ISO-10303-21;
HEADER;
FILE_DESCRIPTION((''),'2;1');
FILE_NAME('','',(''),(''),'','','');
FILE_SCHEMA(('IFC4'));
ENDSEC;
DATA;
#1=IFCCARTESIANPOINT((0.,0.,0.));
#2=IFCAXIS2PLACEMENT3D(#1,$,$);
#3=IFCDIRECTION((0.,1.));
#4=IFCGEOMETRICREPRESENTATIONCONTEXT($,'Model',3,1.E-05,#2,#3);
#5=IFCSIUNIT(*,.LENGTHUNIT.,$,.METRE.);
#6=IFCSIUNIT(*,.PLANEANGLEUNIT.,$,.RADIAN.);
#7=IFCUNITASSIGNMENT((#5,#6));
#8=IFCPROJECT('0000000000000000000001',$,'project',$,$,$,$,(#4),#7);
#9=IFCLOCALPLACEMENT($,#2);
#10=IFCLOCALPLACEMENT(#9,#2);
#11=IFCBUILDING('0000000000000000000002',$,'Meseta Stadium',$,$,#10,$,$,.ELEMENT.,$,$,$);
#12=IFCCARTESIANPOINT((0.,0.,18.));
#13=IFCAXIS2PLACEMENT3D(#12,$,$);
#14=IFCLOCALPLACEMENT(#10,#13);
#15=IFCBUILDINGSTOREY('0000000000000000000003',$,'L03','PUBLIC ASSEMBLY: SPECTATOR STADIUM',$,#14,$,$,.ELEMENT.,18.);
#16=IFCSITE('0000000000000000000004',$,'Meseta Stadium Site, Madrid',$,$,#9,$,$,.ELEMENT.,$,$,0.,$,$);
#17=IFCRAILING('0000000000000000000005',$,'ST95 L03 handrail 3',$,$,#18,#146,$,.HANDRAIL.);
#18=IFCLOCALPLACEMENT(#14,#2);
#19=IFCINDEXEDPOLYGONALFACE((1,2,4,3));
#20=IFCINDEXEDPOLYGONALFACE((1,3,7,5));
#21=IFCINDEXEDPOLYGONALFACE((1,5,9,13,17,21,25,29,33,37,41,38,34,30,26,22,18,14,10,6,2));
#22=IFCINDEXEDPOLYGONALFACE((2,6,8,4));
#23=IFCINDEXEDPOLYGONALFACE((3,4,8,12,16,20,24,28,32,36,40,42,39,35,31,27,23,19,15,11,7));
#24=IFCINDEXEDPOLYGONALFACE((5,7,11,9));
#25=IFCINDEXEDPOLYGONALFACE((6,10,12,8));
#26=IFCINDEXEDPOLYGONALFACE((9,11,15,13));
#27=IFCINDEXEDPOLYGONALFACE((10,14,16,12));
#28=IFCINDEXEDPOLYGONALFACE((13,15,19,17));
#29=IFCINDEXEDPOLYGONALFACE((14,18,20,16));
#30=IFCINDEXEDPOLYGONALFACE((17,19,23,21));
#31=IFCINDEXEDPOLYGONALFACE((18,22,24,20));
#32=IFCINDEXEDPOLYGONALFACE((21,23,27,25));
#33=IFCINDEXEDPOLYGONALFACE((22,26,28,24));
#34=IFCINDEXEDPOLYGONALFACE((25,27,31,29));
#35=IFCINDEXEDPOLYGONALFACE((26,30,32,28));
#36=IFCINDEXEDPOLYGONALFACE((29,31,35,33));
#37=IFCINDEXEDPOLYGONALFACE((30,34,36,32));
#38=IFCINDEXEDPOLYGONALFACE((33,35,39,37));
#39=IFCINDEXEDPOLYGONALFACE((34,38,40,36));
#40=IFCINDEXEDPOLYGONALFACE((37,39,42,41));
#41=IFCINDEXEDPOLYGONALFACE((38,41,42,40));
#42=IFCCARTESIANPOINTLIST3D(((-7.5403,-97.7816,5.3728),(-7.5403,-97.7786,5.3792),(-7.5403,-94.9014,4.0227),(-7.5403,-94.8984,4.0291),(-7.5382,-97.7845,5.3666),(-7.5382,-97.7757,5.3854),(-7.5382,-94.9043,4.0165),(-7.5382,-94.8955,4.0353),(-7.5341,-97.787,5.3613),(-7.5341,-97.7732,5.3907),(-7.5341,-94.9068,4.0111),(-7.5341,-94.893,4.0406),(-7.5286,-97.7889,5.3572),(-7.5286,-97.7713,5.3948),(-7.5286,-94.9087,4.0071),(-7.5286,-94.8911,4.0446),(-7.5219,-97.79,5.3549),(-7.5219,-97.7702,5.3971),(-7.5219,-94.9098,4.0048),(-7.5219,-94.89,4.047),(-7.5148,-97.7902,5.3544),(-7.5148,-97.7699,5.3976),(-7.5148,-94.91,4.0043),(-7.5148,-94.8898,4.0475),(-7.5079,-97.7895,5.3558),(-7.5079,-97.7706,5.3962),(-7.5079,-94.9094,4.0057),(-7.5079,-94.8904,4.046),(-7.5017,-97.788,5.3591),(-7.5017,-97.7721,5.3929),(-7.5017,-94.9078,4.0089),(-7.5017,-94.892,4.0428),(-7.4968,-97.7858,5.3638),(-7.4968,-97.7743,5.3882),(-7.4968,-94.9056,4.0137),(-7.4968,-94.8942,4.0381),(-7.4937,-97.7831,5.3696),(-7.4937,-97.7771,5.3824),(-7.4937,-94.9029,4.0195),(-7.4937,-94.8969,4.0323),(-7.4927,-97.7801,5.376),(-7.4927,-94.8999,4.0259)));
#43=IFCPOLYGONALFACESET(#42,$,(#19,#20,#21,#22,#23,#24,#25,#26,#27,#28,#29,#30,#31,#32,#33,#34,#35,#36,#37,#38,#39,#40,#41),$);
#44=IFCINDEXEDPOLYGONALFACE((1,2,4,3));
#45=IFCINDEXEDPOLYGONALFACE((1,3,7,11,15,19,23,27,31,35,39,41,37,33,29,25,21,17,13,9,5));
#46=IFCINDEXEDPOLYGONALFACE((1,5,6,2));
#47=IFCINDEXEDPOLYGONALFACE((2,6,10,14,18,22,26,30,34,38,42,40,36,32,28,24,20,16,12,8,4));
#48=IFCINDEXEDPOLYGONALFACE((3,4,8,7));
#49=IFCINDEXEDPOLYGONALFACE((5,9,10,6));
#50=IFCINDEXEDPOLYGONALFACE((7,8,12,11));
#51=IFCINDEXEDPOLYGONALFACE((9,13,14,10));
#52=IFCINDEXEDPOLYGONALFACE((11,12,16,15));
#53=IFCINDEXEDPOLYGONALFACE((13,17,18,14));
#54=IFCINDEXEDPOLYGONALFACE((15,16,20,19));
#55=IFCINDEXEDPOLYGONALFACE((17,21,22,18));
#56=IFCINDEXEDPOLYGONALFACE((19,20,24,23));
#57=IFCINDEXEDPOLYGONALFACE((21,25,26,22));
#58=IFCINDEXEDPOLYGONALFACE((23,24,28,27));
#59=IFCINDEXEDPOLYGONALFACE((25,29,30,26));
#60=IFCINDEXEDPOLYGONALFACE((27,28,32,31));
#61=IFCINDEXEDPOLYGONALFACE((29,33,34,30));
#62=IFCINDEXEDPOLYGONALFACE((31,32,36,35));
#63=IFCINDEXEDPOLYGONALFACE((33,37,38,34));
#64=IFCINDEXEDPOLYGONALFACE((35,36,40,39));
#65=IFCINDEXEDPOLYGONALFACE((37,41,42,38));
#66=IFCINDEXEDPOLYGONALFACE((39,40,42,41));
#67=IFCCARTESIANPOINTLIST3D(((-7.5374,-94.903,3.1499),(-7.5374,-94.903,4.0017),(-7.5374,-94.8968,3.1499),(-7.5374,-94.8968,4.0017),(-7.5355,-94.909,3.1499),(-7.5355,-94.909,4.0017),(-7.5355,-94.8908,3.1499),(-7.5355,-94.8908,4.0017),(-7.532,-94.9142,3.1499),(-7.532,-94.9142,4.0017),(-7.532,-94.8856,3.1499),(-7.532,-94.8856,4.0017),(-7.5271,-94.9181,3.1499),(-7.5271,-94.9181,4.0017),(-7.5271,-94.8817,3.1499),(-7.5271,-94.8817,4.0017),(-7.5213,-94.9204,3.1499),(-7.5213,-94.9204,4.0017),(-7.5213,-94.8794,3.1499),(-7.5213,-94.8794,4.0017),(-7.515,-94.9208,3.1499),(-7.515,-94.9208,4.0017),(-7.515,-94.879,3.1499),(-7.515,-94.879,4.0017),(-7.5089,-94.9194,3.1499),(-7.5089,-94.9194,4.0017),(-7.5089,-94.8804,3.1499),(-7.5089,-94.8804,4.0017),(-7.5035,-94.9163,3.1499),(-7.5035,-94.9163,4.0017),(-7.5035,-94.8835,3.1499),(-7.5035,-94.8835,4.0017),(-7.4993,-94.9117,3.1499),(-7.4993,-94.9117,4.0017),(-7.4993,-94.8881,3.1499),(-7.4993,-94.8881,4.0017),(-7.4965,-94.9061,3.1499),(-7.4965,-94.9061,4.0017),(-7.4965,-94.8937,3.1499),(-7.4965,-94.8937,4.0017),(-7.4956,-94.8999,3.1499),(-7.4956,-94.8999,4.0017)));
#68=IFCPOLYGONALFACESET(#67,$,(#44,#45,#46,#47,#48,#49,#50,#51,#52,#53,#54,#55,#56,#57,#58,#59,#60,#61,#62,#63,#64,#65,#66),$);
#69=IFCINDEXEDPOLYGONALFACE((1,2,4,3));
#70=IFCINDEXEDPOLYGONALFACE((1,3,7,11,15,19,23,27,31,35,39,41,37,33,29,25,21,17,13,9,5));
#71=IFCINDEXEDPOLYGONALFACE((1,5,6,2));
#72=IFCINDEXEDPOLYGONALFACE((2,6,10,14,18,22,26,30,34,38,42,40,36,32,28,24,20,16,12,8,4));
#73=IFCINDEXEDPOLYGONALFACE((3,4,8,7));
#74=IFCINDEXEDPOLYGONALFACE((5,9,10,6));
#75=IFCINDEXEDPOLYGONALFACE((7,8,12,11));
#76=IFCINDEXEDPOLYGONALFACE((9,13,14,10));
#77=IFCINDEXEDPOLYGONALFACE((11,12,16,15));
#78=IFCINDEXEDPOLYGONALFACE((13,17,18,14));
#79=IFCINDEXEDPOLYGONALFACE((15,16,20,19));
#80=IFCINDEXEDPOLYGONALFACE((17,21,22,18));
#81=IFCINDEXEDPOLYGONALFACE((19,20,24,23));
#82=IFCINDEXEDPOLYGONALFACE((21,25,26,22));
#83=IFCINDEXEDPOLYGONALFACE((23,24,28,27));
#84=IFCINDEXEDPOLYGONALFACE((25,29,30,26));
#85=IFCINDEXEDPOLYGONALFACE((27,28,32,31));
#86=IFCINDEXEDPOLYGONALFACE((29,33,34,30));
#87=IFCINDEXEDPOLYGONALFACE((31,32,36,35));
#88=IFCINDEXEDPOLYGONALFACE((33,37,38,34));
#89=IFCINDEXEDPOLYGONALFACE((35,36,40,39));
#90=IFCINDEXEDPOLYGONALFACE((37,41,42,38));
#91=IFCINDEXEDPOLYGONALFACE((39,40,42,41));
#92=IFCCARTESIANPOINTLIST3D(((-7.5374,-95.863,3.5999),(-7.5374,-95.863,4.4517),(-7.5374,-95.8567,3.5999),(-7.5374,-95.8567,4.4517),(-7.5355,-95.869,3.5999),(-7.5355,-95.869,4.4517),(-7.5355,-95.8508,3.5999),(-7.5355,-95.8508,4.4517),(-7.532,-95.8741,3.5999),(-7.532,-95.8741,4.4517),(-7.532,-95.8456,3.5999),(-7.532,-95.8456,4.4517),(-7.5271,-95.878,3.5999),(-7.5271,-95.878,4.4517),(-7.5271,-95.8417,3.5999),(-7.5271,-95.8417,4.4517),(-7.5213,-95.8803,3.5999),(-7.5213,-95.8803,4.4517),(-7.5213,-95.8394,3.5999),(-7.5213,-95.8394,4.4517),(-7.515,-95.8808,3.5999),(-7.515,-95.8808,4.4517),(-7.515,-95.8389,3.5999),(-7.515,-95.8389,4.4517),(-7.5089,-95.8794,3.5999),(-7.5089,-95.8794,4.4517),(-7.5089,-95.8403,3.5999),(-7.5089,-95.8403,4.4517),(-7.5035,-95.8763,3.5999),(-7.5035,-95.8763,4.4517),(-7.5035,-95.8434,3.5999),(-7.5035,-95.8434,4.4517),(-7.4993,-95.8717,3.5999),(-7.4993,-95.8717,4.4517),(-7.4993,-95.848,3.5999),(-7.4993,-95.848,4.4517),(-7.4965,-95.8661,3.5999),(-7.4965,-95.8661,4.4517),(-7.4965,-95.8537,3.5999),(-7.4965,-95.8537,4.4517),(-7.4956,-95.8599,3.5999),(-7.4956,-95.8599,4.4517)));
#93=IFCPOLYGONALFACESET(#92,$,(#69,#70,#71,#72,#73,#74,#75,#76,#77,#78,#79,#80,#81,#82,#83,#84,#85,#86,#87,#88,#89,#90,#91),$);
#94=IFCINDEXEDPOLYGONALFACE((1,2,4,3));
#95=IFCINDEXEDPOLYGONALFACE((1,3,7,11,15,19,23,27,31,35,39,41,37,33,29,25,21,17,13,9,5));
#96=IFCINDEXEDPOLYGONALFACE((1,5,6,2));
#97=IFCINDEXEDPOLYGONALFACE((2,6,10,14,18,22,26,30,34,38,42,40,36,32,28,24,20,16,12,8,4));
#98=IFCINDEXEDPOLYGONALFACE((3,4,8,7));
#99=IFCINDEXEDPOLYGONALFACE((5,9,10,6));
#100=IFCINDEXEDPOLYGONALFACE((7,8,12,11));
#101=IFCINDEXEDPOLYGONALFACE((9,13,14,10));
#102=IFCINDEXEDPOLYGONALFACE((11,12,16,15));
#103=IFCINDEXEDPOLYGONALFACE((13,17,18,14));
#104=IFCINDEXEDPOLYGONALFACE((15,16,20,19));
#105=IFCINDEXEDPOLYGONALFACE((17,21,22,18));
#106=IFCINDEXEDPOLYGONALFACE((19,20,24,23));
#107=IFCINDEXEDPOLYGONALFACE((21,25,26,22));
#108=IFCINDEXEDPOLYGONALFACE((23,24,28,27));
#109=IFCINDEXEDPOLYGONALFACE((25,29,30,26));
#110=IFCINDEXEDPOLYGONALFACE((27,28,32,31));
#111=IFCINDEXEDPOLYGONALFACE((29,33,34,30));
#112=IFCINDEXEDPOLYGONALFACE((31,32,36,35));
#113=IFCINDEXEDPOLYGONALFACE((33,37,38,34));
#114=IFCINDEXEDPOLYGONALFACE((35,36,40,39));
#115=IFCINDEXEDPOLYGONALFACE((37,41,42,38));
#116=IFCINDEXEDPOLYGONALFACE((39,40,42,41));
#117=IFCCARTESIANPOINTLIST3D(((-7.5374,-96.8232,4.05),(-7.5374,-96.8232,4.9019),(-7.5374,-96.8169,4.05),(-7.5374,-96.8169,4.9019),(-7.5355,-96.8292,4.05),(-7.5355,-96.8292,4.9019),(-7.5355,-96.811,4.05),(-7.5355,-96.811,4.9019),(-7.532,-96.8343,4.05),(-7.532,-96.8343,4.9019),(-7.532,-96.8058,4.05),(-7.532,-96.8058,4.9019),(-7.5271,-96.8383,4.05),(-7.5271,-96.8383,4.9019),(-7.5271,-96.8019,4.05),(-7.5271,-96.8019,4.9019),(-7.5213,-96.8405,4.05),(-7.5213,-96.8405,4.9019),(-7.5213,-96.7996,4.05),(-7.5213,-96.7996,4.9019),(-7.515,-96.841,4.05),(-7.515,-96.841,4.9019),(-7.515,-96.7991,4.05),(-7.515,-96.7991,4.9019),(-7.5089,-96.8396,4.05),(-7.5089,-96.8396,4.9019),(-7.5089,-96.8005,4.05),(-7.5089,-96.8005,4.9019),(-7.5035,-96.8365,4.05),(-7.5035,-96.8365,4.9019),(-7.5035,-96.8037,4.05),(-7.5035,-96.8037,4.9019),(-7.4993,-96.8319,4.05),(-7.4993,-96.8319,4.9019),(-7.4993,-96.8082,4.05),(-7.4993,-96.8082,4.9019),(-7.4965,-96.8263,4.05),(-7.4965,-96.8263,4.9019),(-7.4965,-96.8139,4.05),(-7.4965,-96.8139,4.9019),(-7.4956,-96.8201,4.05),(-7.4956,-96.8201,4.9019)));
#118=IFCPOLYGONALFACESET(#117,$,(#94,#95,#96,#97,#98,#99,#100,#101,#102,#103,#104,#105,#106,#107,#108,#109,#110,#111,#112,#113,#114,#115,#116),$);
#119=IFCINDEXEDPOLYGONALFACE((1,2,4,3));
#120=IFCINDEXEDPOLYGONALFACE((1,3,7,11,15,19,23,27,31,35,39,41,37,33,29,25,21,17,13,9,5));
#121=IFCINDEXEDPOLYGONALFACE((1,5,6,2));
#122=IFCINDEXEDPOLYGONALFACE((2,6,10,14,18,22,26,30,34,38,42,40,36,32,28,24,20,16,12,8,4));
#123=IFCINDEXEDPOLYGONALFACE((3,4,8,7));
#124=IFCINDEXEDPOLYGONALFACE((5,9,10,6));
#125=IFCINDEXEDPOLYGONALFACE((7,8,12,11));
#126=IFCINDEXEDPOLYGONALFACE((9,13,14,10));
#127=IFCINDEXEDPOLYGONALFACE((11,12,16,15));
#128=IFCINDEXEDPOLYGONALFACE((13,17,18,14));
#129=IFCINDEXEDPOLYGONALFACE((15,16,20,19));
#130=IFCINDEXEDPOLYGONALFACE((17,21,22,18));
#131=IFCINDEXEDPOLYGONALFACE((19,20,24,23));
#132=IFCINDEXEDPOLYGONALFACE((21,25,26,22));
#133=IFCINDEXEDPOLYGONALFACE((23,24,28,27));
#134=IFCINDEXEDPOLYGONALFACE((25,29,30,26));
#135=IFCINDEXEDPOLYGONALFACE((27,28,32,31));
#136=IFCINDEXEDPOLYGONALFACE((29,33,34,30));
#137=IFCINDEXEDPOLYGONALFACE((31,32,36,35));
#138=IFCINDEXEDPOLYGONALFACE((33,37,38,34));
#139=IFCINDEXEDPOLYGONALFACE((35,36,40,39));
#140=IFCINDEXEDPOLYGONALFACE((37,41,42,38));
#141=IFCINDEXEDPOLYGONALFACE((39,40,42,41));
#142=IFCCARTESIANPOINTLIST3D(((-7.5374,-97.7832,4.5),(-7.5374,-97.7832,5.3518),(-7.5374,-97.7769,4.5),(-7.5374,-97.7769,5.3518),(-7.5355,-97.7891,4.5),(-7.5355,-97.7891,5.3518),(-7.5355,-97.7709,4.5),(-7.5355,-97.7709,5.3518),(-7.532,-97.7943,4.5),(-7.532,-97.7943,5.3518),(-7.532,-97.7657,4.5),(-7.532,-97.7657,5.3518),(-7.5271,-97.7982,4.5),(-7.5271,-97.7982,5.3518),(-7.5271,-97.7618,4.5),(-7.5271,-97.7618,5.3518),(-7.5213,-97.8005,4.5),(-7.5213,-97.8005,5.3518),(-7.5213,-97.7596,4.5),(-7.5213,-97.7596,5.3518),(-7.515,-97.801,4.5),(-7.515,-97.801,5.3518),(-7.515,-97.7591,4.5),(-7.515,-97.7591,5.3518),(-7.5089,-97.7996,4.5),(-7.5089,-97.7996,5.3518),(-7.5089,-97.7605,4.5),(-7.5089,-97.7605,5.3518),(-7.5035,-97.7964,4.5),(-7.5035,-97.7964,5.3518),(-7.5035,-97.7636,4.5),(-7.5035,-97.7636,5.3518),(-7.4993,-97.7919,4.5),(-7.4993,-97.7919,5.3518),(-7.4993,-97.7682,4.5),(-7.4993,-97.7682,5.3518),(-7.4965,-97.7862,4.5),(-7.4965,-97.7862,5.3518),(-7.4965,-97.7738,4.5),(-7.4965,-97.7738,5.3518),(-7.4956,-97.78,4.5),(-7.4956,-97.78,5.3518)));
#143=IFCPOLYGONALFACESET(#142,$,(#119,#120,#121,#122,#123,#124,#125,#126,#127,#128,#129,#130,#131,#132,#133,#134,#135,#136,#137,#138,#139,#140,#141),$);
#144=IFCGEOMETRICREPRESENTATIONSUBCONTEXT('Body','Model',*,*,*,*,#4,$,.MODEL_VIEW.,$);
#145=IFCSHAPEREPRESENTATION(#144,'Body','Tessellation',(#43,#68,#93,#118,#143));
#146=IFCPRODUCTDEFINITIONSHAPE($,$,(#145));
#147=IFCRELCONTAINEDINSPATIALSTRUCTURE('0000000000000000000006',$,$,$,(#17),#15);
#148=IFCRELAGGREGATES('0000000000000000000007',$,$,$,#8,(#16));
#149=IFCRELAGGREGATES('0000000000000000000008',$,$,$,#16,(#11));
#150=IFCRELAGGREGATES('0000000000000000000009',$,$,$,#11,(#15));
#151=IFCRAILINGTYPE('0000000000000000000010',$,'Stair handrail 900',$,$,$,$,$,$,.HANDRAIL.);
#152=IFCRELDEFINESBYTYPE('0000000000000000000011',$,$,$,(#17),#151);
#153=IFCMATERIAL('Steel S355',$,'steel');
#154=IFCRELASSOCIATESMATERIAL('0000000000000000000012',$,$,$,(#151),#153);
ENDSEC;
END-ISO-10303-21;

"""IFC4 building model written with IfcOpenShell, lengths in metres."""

from ifc_helpers import new_model, si_unit, direction, frame, origin, origin_2d, place, context, subcontext, project, spatial, circle, extrude, material, type_object, element, save


model = new_model("IFC4")

# Units and contexts
model_context = context("Model", 3, precision=1e-05, world=origin(), true_north=direction((0.0, 1.0)))
body_context = subcontext(model_context, "Body", "Model", "MODEL_VIEW")
ifc_project = project(units=[si_unit("LENGTHUNIT", "METRE"), si_unit("PLANEANGLEUNIT", "RADIAN")], contexts=[model_context])

# Site, building, storey
site_placement = place(None, origin())
site = spatial("IfcSite", under=ifc_project, at=site_placement, Name="Meseta Stadium Site, Madrid", CompositionType="ELEMENT", RefElevation=0.0)
building_placement = place(site_placement, origin())
building = spatial("IfcBuilding", under=site, at=building_placement, Name="Meseta Stadium", CompositionType="ELEMENT")
storey_placement = place(building_placement, frame((0.0, 0.0, 18.0)))
storey = spatial("IfcBuildingStorey", under=building, at=storey_placement, Name="L03", Description="PUBLIC ASSEMBLY: SPECTATOR STADIUM", CompositionType="ELEMENT", Elevation=18.0)

# Railing
ifc_material_1 = material(Name="Steel S355", Category="steel")
railing_type_1 = type_object("IfcRailingType", Name="Stair handrail 900", PredefinedType="HANDRAIL", material=ifc_material_1)
for number, where, name in (
    (1, (-7.5166, -94.8999, 3.1499), "ST95 L03 handrail 3"),
):
    element("IfcRailing", number, at=place(storey_placement, frame(where)), inside=storey, type_object=railing_type_1, Name=name, PredefinedType="HANDRAIL", context=body_context, shape_type="SweptSolid", body=[
        extrude(circle(Radius=0.0239, at=origin_2d()), frame((0.0, 0.0, 0.876), z_axis=(0.0, -0.905454, 0.424444), x_axis=(1.0, 0.0, 0.0)), (0.0, 0.0, 1.0), 3.1809),
        extrude(circle(Radius=0.021, at=origin_2d()), origin(), (0.0, 0.0, 1.0), 0.8518),
        extrude(circle(Radius=0.021, at=origin_2d()), frame((0.0, -0.96, 0.45)), (0.0, 0.0, 1.0), 0.8518),
        extrude(circle(Radius=0.021, at=origin_2d()), frame((0.0, -1.9202, 0.9001)), (0.0, 0.0, 1.0), 0.8518),
        extrude(circle(Radius=0.021, at=origin_2d()), frame((0.0, -2.8801, 1.3501)), (0.0, 0.0, 1.0), 0.8518),
    ])

save(model, "model.ifc")
